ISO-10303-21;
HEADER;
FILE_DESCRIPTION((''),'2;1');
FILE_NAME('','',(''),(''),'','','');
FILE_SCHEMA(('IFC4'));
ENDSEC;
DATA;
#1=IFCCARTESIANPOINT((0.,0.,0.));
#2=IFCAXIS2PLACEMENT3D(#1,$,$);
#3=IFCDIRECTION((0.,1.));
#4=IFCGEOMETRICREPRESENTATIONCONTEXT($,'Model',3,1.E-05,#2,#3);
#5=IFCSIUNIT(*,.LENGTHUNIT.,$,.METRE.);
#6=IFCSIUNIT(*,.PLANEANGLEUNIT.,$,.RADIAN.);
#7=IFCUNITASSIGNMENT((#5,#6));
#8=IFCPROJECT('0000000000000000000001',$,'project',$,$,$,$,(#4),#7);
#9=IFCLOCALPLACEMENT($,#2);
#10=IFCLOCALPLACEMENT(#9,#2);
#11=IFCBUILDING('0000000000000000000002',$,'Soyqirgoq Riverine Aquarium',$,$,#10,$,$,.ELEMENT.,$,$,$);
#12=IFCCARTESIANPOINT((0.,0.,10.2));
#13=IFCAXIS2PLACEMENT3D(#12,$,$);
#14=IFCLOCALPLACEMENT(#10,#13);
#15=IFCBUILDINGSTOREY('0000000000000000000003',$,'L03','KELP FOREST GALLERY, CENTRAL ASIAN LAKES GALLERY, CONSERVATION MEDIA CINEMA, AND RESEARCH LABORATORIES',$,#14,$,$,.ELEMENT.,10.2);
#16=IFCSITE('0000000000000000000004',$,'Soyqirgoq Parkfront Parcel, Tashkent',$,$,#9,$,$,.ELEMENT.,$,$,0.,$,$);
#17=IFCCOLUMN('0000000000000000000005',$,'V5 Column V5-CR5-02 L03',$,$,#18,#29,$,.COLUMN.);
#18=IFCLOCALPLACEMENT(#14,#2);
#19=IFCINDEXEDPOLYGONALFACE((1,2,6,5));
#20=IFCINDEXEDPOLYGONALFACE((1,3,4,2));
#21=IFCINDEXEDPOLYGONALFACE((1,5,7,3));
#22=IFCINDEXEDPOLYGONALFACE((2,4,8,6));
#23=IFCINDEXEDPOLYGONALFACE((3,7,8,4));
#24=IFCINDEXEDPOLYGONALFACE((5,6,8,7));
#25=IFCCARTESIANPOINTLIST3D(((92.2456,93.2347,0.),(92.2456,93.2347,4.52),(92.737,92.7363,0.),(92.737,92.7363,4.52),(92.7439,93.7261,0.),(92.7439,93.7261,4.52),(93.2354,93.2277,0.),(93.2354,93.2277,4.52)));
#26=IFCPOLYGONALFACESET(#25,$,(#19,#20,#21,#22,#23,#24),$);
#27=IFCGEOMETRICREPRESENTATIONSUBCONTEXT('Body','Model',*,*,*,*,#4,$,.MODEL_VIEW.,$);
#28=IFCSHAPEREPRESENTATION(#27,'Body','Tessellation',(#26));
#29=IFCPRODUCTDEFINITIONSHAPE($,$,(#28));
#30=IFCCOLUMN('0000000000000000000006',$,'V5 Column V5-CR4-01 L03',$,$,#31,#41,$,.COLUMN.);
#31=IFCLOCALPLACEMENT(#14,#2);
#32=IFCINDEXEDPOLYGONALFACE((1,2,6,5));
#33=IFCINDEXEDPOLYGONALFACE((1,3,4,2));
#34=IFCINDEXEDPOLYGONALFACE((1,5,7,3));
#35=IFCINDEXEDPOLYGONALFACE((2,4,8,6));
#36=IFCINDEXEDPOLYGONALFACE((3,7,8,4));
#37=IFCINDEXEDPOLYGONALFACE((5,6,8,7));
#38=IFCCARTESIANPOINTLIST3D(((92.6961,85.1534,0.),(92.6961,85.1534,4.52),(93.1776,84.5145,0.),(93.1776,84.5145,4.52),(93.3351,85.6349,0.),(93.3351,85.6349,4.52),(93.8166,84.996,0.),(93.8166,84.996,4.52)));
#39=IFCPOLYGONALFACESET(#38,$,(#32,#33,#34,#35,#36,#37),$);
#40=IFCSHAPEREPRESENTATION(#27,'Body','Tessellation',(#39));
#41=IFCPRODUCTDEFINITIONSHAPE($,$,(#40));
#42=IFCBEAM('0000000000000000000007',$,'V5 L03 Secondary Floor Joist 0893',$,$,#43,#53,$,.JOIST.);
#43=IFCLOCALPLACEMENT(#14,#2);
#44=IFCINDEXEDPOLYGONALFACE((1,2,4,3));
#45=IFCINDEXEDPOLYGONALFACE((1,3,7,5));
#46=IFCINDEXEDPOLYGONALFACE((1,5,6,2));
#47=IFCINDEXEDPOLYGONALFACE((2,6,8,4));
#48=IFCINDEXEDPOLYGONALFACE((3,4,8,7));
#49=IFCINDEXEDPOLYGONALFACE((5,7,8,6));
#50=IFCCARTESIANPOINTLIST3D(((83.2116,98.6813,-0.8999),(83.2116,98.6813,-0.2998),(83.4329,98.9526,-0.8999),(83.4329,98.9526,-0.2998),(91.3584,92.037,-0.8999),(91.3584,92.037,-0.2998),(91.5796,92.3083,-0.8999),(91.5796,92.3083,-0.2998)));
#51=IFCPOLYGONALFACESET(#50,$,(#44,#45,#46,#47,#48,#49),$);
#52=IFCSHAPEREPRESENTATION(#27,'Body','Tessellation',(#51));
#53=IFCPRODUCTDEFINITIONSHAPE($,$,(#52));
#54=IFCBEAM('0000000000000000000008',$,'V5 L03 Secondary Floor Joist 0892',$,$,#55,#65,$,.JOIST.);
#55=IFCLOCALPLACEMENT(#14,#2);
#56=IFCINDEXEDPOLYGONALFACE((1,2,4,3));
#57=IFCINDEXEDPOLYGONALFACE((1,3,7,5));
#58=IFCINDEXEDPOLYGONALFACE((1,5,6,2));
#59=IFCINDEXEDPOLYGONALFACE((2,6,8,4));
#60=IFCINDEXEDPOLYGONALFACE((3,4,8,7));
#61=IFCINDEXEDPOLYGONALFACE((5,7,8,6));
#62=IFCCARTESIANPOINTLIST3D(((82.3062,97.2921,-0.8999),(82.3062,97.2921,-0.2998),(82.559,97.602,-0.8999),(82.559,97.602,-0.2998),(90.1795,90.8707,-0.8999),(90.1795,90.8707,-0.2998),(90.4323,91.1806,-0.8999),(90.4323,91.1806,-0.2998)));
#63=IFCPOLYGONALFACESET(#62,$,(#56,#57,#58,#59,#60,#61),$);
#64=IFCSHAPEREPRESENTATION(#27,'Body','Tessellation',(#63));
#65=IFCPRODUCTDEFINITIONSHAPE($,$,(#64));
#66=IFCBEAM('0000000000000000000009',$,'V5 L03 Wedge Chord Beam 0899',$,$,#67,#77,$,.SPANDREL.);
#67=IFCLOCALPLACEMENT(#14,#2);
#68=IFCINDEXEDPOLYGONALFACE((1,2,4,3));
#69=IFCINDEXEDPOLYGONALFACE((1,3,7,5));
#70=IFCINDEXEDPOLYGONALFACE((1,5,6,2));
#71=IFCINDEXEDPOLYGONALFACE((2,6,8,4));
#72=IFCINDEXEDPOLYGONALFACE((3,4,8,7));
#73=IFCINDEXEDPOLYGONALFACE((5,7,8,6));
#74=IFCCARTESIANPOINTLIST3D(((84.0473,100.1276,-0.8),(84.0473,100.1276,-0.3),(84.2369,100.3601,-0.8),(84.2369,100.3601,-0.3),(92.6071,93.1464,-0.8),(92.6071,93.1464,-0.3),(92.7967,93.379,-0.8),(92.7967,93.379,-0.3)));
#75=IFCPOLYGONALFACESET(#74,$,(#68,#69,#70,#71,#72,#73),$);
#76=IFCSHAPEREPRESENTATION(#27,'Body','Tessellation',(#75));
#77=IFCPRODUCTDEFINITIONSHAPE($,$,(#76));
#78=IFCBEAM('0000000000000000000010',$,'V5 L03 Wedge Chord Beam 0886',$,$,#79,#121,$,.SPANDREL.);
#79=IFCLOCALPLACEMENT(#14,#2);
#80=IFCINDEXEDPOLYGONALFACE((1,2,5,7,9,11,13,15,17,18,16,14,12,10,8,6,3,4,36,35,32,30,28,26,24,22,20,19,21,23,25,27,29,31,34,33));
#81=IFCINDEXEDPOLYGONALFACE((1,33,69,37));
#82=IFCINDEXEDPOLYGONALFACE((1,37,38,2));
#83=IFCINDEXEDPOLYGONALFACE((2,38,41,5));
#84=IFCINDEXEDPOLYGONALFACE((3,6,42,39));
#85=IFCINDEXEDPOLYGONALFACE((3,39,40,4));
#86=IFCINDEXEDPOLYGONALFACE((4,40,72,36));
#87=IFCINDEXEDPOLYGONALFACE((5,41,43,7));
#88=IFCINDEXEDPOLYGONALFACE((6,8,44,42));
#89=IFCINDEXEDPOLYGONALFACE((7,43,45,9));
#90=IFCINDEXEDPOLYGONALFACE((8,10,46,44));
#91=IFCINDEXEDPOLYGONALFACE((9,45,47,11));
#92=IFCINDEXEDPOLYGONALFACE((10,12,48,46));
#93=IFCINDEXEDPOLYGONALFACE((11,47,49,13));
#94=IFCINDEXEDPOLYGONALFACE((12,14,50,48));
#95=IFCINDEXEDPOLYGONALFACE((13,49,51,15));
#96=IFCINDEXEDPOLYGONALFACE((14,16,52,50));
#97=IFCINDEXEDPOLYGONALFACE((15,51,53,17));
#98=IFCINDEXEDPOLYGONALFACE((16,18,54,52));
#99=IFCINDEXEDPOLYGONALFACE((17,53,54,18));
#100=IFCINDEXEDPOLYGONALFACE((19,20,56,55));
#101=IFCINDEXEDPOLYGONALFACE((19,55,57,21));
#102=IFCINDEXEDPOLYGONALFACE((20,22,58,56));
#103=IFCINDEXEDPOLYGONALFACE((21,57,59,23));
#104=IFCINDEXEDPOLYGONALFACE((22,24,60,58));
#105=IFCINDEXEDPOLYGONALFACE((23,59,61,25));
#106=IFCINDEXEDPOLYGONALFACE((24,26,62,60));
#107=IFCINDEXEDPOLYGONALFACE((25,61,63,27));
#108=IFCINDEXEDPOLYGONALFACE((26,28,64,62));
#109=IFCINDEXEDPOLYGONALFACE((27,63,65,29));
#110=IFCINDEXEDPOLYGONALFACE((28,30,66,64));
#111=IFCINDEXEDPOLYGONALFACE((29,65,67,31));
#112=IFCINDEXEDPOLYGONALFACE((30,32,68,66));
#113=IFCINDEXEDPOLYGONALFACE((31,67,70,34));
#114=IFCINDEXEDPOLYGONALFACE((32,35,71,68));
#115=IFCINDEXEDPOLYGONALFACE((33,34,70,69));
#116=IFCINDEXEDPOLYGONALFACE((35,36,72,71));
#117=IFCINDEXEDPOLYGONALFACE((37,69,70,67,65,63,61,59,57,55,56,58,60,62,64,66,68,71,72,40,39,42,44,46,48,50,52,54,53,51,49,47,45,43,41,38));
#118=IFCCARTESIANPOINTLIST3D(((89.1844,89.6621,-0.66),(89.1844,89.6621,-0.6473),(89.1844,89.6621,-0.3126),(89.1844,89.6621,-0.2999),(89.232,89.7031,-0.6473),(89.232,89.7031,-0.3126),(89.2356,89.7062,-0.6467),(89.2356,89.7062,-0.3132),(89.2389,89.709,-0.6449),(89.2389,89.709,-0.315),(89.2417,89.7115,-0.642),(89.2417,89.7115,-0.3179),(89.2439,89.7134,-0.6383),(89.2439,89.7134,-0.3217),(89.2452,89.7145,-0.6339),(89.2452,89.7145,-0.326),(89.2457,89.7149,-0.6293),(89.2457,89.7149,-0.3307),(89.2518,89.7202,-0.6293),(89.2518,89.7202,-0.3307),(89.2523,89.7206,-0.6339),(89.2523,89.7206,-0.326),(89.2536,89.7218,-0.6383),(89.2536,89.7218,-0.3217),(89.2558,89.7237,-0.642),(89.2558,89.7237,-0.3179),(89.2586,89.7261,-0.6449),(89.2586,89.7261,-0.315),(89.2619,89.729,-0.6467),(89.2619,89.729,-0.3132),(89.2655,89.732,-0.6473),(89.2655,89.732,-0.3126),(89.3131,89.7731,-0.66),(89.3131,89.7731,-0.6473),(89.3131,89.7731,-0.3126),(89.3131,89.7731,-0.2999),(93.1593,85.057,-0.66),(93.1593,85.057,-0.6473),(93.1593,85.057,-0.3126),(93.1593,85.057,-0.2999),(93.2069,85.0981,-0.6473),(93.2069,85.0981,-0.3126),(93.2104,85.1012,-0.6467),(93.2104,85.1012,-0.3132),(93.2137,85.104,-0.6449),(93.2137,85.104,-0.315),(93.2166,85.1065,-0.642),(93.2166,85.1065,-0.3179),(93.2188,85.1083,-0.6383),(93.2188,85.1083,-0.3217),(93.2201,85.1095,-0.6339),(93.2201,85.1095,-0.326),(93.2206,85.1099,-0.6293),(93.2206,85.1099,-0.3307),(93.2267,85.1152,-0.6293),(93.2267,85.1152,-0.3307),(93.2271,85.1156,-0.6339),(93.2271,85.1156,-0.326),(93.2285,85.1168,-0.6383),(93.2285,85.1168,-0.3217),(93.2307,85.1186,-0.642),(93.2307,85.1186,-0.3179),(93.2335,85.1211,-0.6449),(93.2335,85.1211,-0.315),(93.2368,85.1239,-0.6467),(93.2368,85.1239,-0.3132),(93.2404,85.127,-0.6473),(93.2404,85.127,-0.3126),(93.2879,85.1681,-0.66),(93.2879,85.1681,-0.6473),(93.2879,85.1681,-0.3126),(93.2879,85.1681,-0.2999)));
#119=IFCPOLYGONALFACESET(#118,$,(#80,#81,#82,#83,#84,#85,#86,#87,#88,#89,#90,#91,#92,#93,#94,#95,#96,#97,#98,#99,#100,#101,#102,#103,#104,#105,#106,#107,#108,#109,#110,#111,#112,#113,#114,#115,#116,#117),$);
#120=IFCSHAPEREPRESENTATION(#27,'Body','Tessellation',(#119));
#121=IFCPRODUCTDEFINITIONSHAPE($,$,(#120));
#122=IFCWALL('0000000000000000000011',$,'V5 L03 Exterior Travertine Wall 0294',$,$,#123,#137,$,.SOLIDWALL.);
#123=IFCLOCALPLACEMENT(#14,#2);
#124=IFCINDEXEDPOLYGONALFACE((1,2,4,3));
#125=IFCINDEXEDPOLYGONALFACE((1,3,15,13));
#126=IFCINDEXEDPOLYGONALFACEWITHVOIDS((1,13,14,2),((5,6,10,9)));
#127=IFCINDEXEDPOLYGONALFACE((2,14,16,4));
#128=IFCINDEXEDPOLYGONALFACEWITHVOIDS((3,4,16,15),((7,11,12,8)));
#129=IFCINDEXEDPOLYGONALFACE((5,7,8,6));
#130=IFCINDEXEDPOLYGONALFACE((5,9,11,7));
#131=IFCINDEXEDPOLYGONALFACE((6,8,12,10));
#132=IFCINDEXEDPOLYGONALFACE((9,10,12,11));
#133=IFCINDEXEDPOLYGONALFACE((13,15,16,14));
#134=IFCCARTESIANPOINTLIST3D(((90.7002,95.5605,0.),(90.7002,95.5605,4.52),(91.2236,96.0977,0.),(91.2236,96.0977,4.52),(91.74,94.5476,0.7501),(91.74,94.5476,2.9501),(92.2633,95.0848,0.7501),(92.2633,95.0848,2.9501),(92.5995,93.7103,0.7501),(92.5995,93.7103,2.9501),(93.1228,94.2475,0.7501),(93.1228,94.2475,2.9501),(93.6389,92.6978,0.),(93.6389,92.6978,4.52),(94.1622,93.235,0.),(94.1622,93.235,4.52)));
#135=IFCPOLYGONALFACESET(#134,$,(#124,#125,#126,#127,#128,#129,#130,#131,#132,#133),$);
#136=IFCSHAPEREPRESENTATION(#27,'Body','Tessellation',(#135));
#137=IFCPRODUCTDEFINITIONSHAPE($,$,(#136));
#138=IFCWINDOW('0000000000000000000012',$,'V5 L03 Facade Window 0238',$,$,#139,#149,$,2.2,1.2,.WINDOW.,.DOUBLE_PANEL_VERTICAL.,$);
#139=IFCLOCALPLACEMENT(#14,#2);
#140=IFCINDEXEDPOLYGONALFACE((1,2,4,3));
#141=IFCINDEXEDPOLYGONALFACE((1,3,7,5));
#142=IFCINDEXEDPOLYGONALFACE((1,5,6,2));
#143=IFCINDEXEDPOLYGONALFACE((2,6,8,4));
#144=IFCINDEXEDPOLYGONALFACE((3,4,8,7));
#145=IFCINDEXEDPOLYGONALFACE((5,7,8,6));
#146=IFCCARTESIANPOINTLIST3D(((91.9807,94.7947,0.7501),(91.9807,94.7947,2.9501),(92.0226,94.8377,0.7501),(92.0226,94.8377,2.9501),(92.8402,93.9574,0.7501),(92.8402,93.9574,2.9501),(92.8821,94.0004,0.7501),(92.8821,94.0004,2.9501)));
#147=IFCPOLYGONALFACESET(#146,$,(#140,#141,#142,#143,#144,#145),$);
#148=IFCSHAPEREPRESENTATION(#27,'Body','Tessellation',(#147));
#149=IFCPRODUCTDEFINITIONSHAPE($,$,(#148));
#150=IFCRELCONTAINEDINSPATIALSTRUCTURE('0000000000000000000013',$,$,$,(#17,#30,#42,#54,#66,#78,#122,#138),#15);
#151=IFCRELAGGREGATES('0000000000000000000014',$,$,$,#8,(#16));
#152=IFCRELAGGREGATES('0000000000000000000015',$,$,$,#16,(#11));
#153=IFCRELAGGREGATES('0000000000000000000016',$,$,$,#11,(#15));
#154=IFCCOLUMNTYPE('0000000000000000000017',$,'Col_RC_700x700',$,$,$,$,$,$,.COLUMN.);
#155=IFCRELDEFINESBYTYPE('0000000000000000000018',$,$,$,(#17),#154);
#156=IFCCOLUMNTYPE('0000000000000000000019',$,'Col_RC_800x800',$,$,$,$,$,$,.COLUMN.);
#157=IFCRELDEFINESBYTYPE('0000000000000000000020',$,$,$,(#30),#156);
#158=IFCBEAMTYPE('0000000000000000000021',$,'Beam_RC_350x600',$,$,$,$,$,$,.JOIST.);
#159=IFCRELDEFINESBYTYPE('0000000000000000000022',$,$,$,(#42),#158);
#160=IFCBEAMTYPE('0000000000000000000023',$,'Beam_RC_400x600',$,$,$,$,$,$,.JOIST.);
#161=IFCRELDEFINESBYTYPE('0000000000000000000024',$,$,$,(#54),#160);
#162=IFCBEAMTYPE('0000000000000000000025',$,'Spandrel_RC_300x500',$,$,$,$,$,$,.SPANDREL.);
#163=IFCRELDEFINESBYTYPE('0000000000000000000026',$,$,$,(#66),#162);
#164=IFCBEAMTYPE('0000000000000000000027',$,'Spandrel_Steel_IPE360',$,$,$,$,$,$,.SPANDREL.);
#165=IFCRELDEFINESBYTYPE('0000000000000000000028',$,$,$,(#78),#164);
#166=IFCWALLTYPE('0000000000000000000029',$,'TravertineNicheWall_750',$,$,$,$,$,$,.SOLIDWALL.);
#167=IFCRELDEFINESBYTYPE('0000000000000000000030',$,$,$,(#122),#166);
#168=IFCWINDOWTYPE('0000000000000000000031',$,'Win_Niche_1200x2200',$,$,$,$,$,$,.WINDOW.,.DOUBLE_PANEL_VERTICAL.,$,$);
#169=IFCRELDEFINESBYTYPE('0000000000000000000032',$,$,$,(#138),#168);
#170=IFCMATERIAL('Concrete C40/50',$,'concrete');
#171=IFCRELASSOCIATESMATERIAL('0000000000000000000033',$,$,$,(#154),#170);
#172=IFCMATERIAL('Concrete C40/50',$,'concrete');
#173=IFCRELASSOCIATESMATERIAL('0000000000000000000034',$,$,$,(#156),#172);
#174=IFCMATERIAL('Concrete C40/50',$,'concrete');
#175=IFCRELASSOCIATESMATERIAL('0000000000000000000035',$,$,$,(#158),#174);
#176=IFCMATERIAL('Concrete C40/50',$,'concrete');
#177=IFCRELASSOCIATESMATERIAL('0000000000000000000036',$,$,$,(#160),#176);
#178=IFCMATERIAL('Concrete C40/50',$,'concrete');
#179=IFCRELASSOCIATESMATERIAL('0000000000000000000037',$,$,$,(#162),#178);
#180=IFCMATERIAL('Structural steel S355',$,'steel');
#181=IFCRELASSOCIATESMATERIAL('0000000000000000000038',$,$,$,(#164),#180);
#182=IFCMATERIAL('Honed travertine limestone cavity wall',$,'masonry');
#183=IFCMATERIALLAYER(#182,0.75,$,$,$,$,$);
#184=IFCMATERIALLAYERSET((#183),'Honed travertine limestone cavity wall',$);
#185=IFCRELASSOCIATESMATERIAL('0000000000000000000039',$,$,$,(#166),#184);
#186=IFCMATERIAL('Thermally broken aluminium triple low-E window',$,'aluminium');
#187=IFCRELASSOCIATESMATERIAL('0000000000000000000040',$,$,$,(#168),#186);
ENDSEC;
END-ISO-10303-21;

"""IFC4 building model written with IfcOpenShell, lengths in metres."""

from ifc_helpers import new_model, si_unit, direction, frame, frame_2d, origin, origin_2d, place, context, subcontext, project, spatial, rectangle, i_section, extrude, material, layer, layer_set, material_profile, profile_set, type_object, element, fill, save


model = new_model("IFC4")

# Units and contexts
model_context = context("Model", 3, precision=1e-05, world=origin(), true_north=direction((0.0, 1.0)))
body_context = subcontext(model_context, "Body", "Model", "MODEL_VIEW")
ifc_project = project(units=[si_unit("LENGTHUNIT", "METRE"), si_unit("PLANEANGLEUNIT", "RADIAN")], contexts=[model_context])

# Site, building, storey
site_placement = place(None, origin())
site = spatial("IfcSite", under=ifc_project, at=site_placement, Name="Soyqirgoq Parkfront Parcel, Tashkent", CompositionType="ELEMENT", RefElevation=0.0)
building_placement = place(site_placement, origin())
building = spatial("IfcBuilding", under=site, at=building_placement, Name="Soyqirgoq Riverine Aquarium", CompositionType="ELEMENT")
storey_placement = place(building_placement, frame((0.0, 0.0, 10.2)))
storey = spatial("IfcBuildingStorey", under=building, at=storey_placement, Name="L03", Description="KELP FOREST GALLERY, CENTRAL ASIAN LAKES GALLERY, CONSERVATION MEDIA CINEMA, AND RESEARCH LABORATORIES", CompositionType="ELEMENT", Elevation=10.2)

# Columns
ifc_material_1 = material(Name="Concrete C40/50", Category="concrete")
ifc_material_profile_1 = material_profile(ifc_material_1, rectangle(XDim=0.7, YDim=0.7, at=origin_2d()), Name="RC 700x700")
ifc_profile_set_1 = profile_set([ifc_material_profile_1], Name="Concrete C40/50")
column_type_1 = type_object("IfcColumnType", Name="Col_RC_700x700", PredefinedType="COLUMN", material=ifc_profile_set_1)
column_1_placement = place(storey_placement, frame((92.7405, 93.2312, 0.0), z_axis=(0.0, 0.0, 1.0), x_axis=(0.712026, 0.702153, 0.0)))
element("IfcColumn", 1, at=column_1_placement, inside=storey, type_object=column_type_1, Name="V5 Column V5-CR5-02 L03", PredefinedType="COLUMN", context=body_context, shape_type="SweptSolid", body=[
    extrude(rectangle(XDim=0.7, YDim=0.7, at=origin_2d()), origin(), (0.0, 0.0, 1.0), 4.52),
])
ifc_material_2 = material(Name="Concrete C40/50", Category="concrete")
ifc_material_profile_2 = material_profile(ifc_material_2, rectangle(XDim=0.8, YDim=0.8, at=origin_2d()), Name="RC 800x800")
ifc_profile_set_2 = profile_set([ifc_material_profile_2], Name="Concrete C40/50")
column_type_2 = type_object("IfcColumnType", Name="Col_RC_800x800", PredefinedType="COLUMN", material=ifc_profile_set_2)
column_2_placement = place(storey_placement, frame((93.2563, 85.0747, 0.0), z_axis=(0.0, 0.0, 1.0), x_axis=(0.798636, 0.601815, 0.0)))
element("IfcColumn", 2, at=column_2_placement, inside=storey, type_object=column_type_2, Name="V5 Column V5-CR4-01 L03", PredefinedType="COLUMN", context=body_context, shape_type="SweptSolid", body=[
    extrude(rectangle(XDim=0.8, YDim=0.8, at=origin_2d()), origin(), (0.0, 0.0, 1.0), 4.52),
])

# Beams
ifc_material_3 = material(Name="Concrete C40/50", Category="concrete")
ifc_material_profile_3 = material_profile(ifc_material_3, rectangle(XDim=0.3501, YDim=0.6001, at=origin_2d()), Name="RC 350x600")
ifc_profile_set_3 = profile_set([ifc_material_profile_3], Name="Concrete C40/50")
beam_type_1 = type_object("IfcBeamType", Name="Beam_RC_350x600", PredefinedType="JOIST", material=ifc_profile_set_3)
beam_1_placement = place(storey_placement, frame((91.469, 92.1726, -0.5999), z_axis=(-0.774946, 0.632028, 0.0), x_axis=(-0.632028, -0.774946, 0.0)))
element("IfcBeam", 3, at=beam_1_placement, inside=storey, type_object=beam_type_1, Name="V5 L03 Secondary Floor Joist 0893", PredefinedType="JOIST", context=body_context, shape_type="SweptSolid", body=[
    extrude(rectangle(XDim=0.3501, YDim=0.6001, at=origin_2d()), origin(), (0.0, 0.0, 1.0), 10.5127),
])
ifc_material_4 = material(Name="Concrete C40/50", Category="concrete")
ifc_material_profile_4 = material_profile(ifc_material_4, rectangle(XDim=0.3999, YDim=0.6001, at=origin_2d()), Name="RC 400x600")
ifc_profile_set_4 = profile_set([ifc_material_profile_4], Name="Concrete C40/50")
beam_type_2 = type_object("IfcBeamType", Name="Beam_RC_400x600", PredefinedType="JOIST", material=ifc_profile_set_4)
beam_2_placement = place(storey_placement, frame((90.3059, 91.0256, -0.5999), z_axis=(-0.77494, 0.632034, 0.0), x_axis=(-0.632034, -0.77494, 0.0)))
element("IfcBeam", 4, at=beam_2_placement, inside=storey, type_object=beam_type_2, Name="V5 L03 Secondary Floor Joist 0892", PredefinedType="JOIST", context=body_context, shape_type="SweptSolid", body=[
    extrude(rectangle(XDim=0.3999, YDim=0.6001, at=origin_2d()), origin(), (0.0, 0.0, 1.0), 10.1599),
])
ifc_material_5 = material(Name="Concrete C40/50", Category="concrete")
ifc_material_profile_5 = material_profile(ifc_material_5, rectangle(XDim=0.3, YDim=0.5, at=origin_2d()), Name="RC 300x500")
ifc_profile_set_5 = profile_set([ifc_material_profile_5], Name="Concrete C40/50")
beam_type_3 = type_object("IfcBeamType", Name="Spandrel_RC_300x500", PredefinedType="SPANDREL", material=ifc_profile_set_5)
beam_3_placement = place(storey_placement, frame((92.7019, 93.2627, -0.55), z_axis=(-0.774945, 0.632029, 0.0), x_axis=(-0.632029, -0.774945, 0.0)))
element("IfcBeam", 5, at=beam_3_placement, inside=storey, type_object=beam_type_3, Name="V5 L03 Wedge Chord Beam 0899", PredefinedType="SPANDREL", context=body_context, shape_type="SweptSolid", body=[
    extrude(rectangle(XDim=0.3, YDim=0.5, at=origin_2d()), origin(), (0.0, 0.0, 1.0), 11.0457),
])
ifc_material_6 = material(Name="Structural steel S355", Category="steel")
ifc_material_profile_6 = material_profile(ifc_material_6, i_section(OverallWidth=0.1699, OverallDepth=0.3601, WebThickness=0.0081, FlangeThickness=0.0127, FilletRadius=0.0181, at=origin_2d()), Name="IPE 360")
ifc_profile_set_6 = profile_set([ifc_material_profile_6], Name="Structural steel S355")
beam_type_4 = type_object("IfcBeamType", Name="Spandrel_Steel_IPE360", PredefinedType="SPANDREL", material=ifc_profile_set_6)
beam_4_placement = place(storey_placement, frame((93.2236, 85.1125, -0.48), z_axis=(-0.653415, 0.757, 0.0), x_axis=(-0.757, -0.653415, 0.0)))
element("IfcBeam", 6, at=beam_4_placement, inside=storey, type_object=beam_type_4, Name="V5 L03 Wedge Chord Beam 0886", PredefinedType="SPANDREL", context=body_context, shape_type="SweptSolid", body=[
    extrude(i_section(OverallWidth=0.1699, OverallDepth=0.3601, WebThickness=0.0081, FlangeThickness=0.0127, FilletRadius=0.0181, at=origin_2d()), origin(), (0.0, 0.0, 1.0), 6.0833),
])

# Wall, opening, window
ifc_material_7 = material(Name="Honed travertine limestone cavity wall", Category="masonry")
ifc_layer = layer(ifc_material_7, 0.75)
ifc_layer_set = layer_set([ifc_layer], Name="Honed travertine limestone cavity wall")
wall_type = type_object("IfcWallType", Name="TravertineNicheWall_750", PredefinedType="SOLIDWALL", material=ifc_layer_set)
wall_1_placement = place(storey_placement, frame((90.9619, 95.8291, 0.0), z_axis=(0.0, 0.0, 1.0), x_axis=(0.7163, -0.697793, 0.0)))
wall_1 = element("IfcWall", 7, at=wall_1_placement, inside=storey, type_object=wall_type, Name="V5 L03 Exterior Travertine Wall 0294", PredefinedType="SOLIDWALL", context=body_context, shape_type="SweptSolid", body=[
    extrude(rectangle(XDim=4.1025, YDim=0.75, at=frame_2d((2.0513, 0.0))), origin(), (0.0, 0.0, 1.0), 4.52),
])
opening_1_placement = place(wall_1_placement, frame((1.4514, 0.0, 0.75)))
opening_1 = element("IfcOpeningElement", 8, at=opening_1_placement, cuts=wall_1, PredefinedType="OPENING", context=body_context, shape_type="SweptSolid", body=[
    extrude(rectangle(XDim=1.2, YDim=2.2, at=frame_2d((0.6001, 1.1001))), frame((0.0, 0.385, 0.0), z_axis=(0.0, -1.0, 0.0), x_axis=(1.0, 0.0, 0.0)), (0.0, 0.0, 1.0), 0.77),
])
ifc_material_8 = material(Name="Thermally broken aluminium triple low-E window", Category="aluminium")
window_type_1 = type_object("IfcWindowType", Name="Win_Niche_1200x2200", PartitioningType="DOUBLE_PANEL_VERTICAL", PredefinedType="WINDOW", material=ifc_material_8)
window_1_placement = place(opening_1_placement, origin())
window_1 = element("IfcWindow", 9, at=window_1_placement, inside=storey, type_object=window_type_1, Name="V5 L03 Facade Window 0238", OverallHeight=2.2, OverallWidth=1.2, PartitioningType="DOUBLE_PANEL_VERTICAL", PredefinedType="WINDOW", context=body_context, shape_type="SweptSolid", body=[
    extrude(rectangle(XDim=1.2, YDim=2.2, at=frame_2d((0.6001, 1.1001))), frame((0.0, 0.03, 0.0), z_axis=(0.0, -1.0, 0.0), x_axis=(1.0, 0.0, 0.0)), (0.0, 0.0, 1.0), 0.0601),
])
fill(opening_1, window_1)

save(model, "model.ifc")
